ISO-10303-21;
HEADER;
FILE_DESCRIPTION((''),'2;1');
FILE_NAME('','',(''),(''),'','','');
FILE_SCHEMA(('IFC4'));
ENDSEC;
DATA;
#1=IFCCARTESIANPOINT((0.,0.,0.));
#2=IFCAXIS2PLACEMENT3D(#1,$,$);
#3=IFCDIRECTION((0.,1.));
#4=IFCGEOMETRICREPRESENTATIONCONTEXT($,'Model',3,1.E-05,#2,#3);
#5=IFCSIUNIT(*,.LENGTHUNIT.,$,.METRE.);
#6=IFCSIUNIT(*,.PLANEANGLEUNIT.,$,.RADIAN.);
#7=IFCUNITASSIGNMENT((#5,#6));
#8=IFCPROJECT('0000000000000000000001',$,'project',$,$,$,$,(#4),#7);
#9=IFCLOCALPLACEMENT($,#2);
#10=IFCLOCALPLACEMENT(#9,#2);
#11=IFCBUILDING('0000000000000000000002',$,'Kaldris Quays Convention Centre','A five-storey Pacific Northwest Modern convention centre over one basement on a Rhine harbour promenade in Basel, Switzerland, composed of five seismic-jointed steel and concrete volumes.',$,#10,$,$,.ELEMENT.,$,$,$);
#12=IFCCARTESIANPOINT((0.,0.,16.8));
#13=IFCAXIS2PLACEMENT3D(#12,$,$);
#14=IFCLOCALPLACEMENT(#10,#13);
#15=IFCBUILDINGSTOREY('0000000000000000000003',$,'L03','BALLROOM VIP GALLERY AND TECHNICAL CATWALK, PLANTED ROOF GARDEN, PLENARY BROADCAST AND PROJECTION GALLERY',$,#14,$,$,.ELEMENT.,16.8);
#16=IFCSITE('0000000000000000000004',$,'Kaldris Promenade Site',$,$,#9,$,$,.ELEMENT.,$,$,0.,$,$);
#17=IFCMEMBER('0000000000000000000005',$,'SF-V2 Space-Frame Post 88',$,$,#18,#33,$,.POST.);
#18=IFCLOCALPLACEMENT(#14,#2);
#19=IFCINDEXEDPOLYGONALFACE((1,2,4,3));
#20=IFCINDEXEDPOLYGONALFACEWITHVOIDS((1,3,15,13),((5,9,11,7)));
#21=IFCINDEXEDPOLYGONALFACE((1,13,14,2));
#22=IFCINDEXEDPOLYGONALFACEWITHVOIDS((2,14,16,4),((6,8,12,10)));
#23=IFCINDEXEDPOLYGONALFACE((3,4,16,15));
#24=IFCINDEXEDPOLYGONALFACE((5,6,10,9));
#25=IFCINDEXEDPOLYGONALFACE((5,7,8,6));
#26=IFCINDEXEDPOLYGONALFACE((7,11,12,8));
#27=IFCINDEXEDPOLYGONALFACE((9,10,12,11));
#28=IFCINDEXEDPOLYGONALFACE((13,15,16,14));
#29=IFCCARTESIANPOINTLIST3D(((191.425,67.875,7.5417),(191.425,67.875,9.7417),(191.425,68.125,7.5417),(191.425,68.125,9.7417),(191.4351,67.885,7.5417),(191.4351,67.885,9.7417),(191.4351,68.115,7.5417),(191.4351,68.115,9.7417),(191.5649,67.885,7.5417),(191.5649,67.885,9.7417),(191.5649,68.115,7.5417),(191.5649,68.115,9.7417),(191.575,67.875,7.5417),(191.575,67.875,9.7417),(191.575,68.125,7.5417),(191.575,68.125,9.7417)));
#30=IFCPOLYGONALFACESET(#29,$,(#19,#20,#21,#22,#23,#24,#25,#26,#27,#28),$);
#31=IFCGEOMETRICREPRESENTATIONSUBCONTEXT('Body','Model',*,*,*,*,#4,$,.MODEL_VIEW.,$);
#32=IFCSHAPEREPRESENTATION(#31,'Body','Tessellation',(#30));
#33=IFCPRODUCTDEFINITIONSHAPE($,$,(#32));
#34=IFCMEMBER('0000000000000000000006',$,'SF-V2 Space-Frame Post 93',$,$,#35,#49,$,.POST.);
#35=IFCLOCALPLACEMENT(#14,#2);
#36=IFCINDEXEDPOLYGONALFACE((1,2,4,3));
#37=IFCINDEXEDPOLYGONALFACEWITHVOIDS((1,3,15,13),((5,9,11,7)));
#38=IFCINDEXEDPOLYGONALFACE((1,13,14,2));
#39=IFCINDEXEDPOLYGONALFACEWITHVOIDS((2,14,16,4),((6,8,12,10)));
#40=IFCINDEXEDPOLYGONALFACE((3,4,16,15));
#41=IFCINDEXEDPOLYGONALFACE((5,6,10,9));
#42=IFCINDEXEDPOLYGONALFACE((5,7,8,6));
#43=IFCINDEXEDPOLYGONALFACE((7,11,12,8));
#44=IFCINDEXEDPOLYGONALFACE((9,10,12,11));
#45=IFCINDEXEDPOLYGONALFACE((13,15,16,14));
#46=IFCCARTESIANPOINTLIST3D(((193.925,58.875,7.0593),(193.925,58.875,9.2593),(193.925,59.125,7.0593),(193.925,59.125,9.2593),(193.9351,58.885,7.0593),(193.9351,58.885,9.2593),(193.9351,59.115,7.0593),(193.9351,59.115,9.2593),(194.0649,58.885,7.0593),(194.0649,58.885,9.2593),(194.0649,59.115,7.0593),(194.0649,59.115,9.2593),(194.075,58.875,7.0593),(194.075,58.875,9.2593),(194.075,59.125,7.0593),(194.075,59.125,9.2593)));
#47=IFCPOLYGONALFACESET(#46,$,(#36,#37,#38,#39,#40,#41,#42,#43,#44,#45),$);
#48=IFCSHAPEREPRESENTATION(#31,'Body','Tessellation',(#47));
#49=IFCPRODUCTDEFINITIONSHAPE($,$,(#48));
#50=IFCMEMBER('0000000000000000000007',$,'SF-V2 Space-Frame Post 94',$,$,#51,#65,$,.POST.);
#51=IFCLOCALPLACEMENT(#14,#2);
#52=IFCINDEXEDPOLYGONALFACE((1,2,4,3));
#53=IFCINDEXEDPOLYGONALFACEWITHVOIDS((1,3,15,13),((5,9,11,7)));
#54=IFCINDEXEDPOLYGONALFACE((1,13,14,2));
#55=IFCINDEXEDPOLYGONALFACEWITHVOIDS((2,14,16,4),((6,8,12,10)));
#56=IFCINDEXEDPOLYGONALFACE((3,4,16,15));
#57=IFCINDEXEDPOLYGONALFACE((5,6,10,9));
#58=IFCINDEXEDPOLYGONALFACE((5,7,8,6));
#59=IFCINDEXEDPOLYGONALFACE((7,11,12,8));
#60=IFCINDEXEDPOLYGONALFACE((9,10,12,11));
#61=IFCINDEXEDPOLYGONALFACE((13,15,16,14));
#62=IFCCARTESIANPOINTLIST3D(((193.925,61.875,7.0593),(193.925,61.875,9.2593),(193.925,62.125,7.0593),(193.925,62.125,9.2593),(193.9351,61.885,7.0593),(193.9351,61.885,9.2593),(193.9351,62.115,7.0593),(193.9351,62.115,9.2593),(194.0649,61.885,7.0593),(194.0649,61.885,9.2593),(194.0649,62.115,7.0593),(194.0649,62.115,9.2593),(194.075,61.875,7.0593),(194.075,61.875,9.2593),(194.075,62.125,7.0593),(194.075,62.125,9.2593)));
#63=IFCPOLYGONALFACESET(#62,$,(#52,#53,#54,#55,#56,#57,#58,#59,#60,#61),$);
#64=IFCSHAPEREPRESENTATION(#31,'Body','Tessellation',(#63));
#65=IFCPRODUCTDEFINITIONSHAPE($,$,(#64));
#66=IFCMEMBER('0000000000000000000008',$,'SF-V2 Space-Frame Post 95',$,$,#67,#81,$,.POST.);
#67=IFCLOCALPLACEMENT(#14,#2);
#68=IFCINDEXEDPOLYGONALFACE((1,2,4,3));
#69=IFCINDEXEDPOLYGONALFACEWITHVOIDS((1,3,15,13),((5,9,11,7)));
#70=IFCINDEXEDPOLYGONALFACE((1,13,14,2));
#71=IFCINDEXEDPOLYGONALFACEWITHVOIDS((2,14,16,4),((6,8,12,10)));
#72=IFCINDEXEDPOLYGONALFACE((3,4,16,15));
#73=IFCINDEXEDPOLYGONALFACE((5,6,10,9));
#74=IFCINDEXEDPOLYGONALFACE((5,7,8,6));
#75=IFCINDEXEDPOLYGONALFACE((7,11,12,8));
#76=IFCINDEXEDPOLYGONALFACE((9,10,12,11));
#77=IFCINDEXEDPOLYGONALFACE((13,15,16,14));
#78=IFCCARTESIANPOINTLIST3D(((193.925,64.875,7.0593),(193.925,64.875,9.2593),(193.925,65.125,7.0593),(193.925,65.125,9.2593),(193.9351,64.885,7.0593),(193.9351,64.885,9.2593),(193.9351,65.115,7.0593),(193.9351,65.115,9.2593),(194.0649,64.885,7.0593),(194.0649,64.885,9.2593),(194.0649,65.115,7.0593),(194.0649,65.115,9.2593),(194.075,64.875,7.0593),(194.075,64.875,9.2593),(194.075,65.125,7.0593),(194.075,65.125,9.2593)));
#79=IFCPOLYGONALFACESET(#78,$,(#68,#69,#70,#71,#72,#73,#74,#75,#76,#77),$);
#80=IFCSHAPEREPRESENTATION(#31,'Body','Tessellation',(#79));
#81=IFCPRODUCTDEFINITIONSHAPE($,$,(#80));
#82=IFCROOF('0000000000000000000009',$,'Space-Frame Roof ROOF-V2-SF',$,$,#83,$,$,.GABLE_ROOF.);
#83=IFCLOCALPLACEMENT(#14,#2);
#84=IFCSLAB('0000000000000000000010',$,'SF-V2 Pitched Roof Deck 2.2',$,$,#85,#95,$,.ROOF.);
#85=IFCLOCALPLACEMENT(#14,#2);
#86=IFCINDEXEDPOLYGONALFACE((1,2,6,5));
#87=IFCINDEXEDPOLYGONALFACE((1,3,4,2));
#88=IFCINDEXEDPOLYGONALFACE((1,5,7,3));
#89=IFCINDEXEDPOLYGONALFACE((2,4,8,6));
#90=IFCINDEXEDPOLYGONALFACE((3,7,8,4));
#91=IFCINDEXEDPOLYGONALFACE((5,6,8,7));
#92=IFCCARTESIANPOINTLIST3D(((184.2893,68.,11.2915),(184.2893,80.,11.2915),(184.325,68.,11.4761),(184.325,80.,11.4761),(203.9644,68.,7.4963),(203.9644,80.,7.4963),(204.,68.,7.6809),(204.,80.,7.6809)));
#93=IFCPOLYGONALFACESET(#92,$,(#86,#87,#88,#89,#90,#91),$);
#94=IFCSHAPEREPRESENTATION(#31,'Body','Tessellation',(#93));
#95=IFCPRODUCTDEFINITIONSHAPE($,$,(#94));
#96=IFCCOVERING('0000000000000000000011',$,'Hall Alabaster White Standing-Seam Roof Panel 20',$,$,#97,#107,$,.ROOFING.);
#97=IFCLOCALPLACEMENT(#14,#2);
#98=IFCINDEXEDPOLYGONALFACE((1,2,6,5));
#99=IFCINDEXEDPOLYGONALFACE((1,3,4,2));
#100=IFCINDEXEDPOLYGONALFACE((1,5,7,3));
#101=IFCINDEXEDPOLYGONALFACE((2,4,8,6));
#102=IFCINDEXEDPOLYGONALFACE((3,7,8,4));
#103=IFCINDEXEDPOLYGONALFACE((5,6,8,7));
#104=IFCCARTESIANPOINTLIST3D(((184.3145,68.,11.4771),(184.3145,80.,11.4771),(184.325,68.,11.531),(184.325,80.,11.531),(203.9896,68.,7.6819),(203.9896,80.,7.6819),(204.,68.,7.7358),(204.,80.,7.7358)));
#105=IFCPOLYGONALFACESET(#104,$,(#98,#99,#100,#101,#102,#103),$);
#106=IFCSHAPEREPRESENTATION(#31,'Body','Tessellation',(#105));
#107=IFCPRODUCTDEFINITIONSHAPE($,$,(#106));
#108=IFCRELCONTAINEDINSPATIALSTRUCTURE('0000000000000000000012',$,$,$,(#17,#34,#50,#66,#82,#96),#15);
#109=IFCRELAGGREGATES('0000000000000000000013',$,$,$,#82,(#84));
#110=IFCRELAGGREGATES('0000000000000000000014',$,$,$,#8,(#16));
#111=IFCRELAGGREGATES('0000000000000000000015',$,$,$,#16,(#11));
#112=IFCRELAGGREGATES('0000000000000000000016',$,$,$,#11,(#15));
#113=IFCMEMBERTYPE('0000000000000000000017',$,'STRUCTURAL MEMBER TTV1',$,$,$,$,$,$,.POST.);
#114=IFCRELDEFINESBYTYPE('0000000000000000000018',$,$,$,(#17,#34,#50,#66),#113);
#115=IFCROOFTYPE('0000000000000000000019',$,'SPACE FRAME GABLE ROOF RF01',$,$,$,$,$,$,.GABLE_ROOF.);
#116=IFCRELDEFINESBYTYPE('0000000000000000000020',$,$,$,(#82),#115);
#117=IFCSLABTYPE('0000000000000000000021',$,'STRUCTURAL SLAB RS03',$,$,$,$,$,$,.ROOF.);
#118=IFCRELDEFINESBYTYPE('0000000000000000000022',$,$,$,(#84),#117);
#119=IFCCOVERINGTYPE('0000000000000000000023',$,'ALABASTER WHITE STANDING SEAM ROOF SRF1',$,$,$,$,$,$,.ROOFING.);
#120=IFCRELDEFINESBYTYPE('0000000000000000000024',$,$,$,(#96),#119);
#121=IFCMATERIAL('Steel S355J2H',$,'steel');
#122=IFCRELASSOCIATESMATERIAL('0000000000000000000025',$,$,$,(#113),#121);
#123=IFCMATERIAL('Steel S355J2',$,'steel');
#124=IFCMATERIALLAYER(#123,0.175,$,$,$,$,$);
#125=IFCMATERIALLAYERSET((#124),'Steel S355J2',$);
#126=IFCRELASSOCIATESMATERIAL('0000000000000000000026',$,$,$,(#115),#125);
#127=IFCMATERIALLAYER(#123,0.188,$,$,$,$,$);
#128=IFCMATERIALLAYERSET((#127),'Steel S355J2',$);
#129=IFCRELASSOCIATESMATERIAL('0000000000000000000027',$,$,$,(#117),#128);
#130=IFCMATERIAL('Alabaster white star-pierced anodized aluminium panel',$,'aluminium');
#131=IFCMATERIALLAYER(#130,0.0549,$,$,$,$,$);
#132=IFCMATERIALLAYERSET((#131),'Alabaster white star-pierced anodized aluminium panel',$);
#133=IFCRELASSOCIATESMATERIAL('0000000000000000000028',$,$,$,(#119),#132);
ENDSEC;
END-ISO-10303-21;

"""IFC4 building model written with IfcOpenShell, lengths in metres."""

from ifc_helpers import new_model, si_unit, direction, frame, origin, origin_2d, place, context, subcontext, project, spatial, polyline, hollow_rectangle, outline, extrude, material, layer, layer_set, material_profile, profile_set, type_object, element, aggregate, save


model = new_model("IFC4")

# Units and contexts
model_context = context("Model", 3, precision=1e-05, world=origin(), true_north=direction((0.0, 1.0)))
body_context = subcontext(model_context, "Body", "Model", "MODEL_VIEW")
ifc_project = project(units=[si_unit("LENGTHUNIT", "METRE"), si_unit("PLANEANGLEUNIT", "RADIAN")], contexts=[model_context])

# Site, building, storey
site_placement = place(None, origin())
site = spatial("IfcSite", under=ifc_project, at=site_placement, Name="Kaldris Promenade Site", CompositionType="ELEMENT", RefElevation=0.0)
building_placement = place(site_placement, origin())
building = spatial("IfcBuilding", under=site, at=building_placement, Name="Kaldris Quays Convention Centre", Description="A five-storey Pacific Northwest Modern convention centre over one basement on a Rhine harbour promenade in Basel, Switzerland, composed of five seismic-jointed steel and concrete volumes.", CompositionType="ELEMENT")
storey_placement = place(building_placement, frame((0.0, 0.0, 16.8)))
storey = spatial("IfcBuildingStorey", under=building, at=storey_placement, Name="L03", Description="BALLROOM VIP GALLERY AND TECHNICAL CATWALK, PLANTED ROOF GARDEN, PLENARY BROADCAST AND PROJECTION GALLERY", CompositionType="ELEMENT", Elevation=16.8)

# Members
ifc_material_1 = material(Name="Steel S355J2H", Category="steel")
ifc_material_profile_1 = material_profile(ifc_material_1, hollow_rectangle(XDim=0.1499, YDim=0.25, WallThickness=0.01, at=origin_2d()), Name="RHS 250x150x10")
ifc_profile_set_1 = profile_set([ifc_material_profile_1], Name="Steel S355J2H")
member_type_1 = type_object("IfcMemberType", Name="STRUCTURAL MEMBER TTV1", PredefinedType="POST", material=ifc_profile_set_1)
for number, where, z_axis, x_axis, name in (
    (1, (191.5, 68.0, 7.5417), (0.0, 0.0, 1.0), (1.0, 0.0, 0.0), "SF-V2 Space-Frame Post 88"),
    (2, (194.0, 59.0, 7.0593), (0.0, 0.0, 1.0), (1.0, 0.0, 0.0), "SF-V2 Space-Frame Post 93"),
    (3, (194.0, 62.0, 7.0593), (0.0, 0.0, 1.0), (1.0, 0.0, 0.0), "SF-V2 Space-Frame Post 94"),
    (4, (194.0, 65.0, 7.0593), (0.0, 0.0, 1.0), (1.0, 0.0, 0.0), "SF-V2 Space-Frame Post 95"),
):
    element("IfcMember", number, at=place(storey_placement, frame(where, z_axis=z_axis, x_axis=x_axis)), inside=storey, type_object=member_type_1, Name=name, PredefinedType="POST", context=body_context, shape_type="SweptSolid", body=[
        extrude(hollow_rectangle(XDim=0.1499, YDim=0.25, WallThickness=0.01, at=origin_2d()), origin(), (0.0, 0.0, 1.0), 2.2),
    ])

# Roof, slab
ifc_material_2 = material(Name="Steel S355J2", Category="steel")
ifc_layer_1 = layer(ifc_material_2, 0.175)
ifc_layer_set_1 = layer_set([ifc_layer_1], Name="Steel S355J2")
roof_type = type_object("IfcRoofType", Name="SPACE FRAME GABLE ROOF RF01", PredefinedType="GABLE_ROOF", material=ifc_layer_set_1)
roof_placement = place(storey_placement, origin())
roof = element("IfcRoof", 5, at=roof_placement, inside=storey, type_object=roof_type, Name="Space-Frame Roof ROOF-V2-SF", PredefinedType="GABLE_ROOF")
ifc_layer_2 = layer(ifc_material_2, 0.188)
ifc_layer_set_2 = layer_set([ifc_layer_2], Name="Steel S355J2")
slab_type = type_object("IfcSlabType", Name="STRUCTURAL SLAB RS03", PredefinedType="ROOF", material=ifc_layer_set_2)
slab_placement = place(storey_placement, frame((184.325, 68.0, 11.4761), z_axis=(0.189401, 0.0, 0.9819), x_axis=(0.9819, 0.0, -0.189401)))
slab = element("IfcSlab", 6, at=slab_placement, type_object=slab_type, Name="SF-V2 Pitched Roof Deck 2.2", PredefinedType="ROOF", context=body_context, shape_type="SweptSolid", body=[
    extrude(outline(polyline([(0.0, 0.0), (20.0377, 0.0), (20.0377, 12.0), (0.0, 12.0), (0.0, 0.0)])), origin(), (0.0, 0.0, -1.0), 0.188),
])
aggregate(roof, [slab])

# Covering
ifc_material_3 = material(Name="Alabaster white star-pierced anodized aluminium panel", Category="aluminium")
ifc_layer_3 = layer(ifc_material_3, 0.0549)
ifc_layer_set_3 = layer_set([ifc_layer_3], Name="Alabaster white star-pierced anodized aluminium panel")
covering_type = type_object("IfcCoveringType", Name="ALABASTER WHITE STANDING SEAM ROOF SRF1", PredefinedType="ROOFING", material=ifc_layer_set_3)
covering_placement = place(storey_placement, frame((184.325, 68.0, 11.531), z_axis=(0.189401, 0.0, 0.9819), x_axis=(0.9819, 0.0, -0.189401)))
element("IfcCovering", 7, at=covering_placement, inside=storey, type_object=covering_type, Name="Hall Alabaster White Standing-Seam Roof Panel 20", PredefinedType="ROOFING", context=body_context, shape_type="SweptSolid", body=[
    extrude(outline(polyline([(0.0, 0.0), (20.0377, 0.0), (20.0377, 12.0), (0.0, 12.0), (0.0, 0.0)])), origin(), (0.0, 0.0, -1.0), 0.0549),
])

save(model, "model.ifc")
